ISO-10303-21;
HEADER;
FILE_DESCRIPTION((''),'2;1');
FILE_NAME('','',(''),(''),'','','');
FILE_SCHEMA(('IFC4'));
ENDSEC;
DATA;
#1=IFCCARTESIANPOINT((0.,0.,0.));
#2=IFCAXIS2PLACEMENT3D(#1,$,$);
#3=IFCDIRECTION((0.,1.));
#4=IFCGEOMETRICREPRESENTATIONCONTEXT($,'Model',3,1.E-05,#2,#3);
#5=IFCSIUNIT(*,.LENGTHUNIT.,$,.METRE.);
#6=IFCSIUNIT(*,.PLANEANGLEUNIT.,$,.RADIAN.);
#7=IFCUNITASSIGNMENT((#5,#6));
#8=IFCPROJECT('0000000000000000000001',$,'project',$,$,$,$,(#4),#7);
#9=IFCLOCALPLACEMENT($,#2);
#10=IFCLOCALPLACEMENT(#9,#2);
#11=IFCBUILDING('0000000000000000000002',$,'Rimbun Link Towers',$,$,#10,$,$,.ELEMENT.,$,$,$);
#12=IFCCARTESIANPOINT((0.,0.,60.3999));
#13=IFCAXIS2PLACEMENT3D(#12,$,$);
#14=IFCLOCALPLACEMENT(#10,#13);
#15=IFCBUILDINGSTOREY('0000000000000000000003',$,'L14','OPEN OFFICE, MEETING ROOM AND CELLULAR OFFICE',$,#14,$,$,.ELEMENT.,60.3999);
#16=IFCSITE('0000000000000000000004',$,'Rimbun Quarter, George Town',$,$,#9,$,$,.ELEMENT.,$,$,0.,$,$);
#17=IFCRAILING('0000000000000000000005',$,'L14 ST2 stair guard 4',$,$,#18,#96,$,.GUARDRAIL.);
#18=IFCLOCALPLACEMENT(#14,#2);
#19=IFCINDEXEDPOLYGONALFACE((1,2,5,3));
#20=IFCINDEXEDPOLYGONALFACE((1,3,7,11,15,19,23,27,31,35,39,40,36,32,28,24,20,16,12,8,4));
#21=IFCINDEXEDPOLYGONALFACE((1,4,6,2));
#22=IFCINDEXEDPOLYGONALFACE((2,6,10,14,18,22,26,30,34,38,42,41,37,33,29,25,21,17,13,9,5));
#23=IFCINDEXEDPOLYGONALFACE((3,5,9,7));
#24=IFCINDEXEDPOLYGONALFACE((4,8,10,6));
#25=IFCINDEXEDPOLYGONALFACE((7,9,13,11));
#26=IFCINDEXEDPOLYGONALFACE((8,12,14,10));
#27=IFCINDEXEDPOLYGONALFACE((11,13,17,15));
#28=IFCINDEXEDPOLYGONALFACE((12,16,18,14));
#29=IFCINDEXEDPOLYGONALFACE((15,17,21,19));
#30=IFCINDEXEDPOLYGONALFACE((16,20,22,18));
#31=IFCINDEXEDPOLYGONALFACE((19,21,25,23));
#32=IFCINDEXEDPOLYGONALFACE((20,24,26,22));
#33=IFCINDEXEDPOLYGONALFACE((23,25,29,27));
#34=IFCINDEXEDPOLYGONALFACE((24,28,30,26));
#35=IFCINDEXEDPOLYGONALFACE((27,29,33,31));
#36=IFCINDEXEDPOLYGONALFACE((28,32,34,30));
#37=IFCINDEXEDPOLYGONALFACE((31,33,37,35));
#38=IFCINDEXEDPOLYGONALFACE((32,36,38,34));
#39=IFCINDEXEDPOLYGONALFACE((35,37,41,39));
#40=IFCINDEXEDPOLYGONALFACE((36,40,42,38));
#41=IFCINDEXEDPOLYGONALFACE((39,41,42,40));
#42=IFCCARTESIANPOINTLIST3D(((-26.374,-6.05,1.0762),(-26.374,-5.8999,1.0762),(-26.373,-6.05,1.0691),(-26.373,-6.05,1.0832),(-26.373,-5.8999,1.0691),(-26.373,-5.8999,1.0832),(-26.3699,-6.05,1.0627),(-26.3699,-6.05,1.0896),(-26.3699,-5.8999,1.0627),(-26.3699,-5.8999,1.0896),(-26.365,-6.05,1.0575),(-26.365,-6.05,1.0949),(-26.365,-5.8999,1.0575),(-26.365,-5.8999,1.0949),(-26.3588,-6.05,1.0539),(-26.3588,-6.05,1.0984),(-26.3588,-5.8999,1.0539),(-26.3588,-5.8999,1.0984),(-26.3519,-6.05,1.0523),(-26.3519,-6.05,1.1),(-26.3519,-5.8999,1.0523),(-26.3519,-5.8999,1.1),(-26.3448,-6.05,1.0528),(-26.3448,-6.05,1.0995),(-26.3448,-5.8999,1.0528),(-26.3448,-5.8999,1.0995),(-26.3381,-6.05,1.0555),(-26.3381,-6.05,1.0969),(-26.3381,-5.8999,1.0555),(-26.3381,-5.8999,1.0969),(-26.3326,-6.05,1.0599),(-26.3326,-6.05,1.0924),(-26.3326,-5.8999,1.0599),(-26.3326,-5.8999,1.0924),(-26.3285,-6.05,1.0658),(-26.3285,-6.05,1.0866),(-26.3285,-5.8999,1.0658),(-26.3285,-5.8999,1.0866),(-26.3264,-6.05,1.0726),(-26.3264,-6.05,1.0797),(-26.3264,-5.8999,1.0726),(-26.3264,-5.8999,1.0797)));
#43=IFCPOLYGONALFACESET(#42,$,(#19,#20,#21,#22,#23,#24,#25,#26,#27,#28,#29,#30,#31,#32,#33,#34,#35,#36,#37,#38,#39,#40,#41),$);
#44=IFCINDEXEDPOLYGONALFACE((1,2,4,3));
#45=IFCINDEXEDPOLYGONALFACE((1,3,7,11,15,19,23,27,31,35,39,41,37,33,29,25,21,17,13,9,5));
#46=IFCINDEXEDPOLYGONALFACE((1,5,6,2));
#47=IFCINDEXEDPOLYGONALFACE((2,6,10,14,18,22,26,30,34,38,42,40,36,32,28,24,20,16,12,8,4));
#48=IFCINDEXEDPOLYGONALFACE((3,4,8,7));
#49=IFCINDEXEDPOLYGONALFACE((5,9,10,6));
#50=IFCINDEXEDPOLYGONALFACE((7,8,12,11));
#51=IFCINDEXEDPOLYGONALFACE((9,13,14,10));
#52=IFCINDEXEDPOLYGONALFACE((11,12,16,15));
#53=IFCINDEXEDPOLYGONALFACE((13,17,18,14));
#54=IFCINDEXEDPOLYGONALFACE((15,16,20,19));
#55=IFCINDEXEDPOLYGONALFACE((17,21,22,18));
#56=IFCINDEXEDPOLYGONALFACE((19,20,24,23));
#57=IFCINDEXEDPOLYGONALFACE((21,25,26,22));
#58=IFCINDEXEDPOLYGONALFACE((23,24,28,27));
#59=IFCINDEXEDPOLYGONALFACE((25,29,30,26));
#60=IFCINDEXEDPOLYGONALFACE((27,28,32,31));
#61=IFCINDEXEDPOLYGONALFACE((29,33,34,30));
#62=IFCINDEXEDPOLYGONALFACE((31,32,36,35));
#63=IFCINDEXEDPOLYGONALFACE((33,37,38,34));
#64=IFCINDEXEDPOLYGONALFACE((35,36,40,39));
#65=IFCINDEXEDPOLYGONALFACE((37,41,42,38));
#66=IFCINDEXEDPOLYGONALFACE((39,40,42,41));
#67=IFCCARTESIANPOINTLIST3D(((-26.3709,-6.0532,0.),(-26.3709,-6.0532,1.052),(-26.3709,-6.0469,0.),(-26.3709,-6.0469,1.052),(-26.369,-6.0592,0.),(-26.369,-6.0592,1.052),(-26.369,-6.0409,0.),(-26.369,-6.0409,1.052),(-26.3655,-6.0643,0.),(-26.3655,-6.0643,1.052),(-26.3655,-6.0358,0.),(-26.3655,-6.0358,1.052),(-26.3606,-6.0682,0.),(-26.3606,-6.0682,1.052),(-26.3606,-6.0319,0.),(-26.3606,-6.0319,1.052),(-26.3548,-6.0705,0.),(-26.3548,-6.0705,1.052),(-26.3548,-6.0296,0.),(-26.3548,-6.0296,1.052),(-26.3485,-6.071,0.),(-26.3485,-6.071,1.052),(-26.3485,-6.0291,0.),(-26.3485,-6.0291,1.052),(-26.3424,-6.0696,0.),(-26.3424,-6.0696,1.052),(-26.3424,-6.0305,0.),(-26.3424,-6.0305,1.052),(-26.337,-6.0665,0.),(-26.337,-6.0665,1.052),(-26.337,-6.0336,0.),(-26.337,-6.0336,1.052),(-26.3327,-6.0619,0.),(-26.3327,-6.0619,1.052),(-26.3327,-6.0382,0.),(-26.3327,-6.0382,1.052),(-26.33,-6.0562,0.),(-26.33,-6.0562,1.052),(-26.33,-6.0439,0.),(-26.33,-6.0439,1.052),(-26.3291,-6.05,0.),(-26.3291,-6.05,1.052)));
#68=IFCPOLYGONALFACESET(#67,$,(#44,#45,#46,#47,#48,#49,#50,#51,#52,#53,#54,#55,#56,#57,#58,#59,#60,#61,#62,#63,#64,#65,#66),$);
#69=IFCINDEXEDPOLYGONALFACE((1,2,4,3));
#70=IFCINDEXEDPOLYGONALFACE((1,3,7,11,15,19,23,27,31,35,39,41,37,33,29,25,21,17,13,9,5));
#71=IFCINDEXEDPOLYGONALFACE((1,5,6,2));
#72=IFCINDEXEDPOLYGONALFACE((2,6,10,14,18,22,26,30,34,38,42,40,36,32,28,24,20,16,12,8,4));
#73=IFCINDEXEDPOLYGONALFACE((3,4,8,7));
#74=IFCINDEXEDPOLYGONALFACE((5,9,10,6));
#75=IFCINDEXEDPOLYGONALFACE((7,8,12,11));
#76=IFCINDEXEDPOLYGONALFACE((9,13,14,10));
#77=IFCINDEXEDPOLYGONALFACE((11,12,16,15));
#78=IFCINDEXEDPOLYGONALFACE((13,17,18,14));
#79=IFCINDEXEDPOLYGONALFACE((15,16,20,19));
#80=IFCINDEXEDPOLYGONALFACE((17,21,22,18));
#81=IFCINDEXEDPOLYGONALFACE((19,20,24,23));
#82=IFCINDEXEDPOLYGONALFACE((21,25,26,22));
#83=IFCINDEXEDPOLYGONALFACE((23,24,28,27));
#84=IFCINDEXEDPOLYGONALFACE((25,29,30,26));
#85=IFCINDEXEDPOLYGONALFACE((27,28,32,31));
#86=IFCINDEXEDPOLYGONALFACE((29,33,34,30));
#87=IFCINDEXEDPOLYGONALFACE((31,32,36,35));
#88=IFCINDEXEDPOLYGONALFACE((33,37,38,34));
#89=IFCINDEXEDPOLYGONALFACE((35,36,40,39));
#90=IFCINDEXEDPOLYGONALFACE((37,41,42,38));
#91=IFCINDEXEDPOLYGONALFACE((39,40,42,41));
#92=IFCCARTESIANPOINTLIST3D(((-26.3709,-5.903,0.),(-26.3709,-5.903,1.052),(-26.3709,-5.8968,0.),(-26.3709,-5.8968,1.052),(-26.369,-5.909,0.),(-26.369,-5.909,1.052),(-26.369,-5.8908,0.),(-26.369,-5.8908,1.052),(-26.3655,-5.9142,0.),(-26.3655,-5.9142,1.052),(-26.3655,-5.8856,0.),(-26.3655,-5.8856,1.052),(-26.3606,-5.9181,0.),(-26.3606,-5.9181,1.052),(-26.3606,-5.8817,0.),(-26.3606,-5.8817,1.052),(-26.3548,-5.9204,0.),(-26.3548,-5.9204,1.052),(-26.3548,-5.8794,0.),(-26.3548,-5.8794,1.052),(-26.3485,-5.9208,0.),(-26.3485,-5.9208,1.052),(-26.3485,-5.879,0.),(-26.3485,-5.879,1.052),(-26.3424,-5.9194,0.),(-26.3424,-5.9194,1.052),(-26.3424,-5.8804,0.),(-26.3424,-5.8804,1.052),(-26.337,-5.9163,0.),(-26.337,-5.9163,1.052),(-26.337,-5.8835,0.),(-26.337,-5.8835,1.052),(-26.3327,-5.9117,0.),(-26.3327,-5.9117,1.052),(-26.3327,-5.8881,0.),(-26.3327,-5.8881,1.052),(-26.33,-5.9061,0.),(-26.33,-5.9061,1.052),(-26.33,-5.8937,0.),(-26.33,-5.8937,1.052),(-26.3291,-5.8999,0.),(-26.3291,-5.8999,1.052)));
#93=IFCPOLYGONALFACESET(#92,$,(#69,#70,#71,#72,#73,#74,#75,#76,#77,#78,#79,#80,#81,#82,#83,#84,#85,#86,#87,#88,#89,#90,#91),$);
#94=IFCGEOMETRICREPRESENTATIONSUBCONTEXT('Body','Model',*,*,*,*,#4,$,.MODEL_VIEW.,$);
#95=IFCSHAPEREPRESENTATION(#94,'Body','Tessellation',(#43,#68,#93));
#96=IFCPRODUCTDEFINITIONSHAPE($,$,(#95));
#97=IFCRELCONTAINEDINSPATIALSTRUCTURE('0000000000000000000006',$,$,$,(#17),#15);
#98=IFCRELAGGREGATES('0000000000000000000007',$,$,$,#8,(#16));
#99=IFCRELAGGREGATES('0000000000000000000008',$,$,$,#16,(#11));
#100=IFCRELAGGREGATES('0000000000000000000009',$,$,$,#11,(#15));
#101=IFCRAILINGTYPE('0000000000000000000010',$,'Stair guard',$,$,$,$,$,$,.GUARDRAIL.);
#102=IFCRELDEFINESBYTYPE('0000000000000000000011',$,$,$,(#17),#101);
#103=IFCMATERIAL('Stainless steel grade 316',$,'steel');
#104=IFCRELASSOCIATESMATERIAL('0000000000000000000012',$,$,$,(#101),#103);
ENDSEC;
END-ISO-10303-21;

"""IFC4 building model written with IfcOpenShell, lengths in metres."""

from ifc_helpers import new_model, si_unit, direction, frame, origin, origin_2d, place, context, subcontext, project, spatial, circle, extrude, material, type_object, element, save


model = new_model("IFC4")

# Units and contexts
model_context = context("Model", 3, precision=1e-05, world=origin(), true_north=direction((0.0, 1.0)))
body_context = subcontext(model_context, "Body", "Model", "MODEL_VIEW")
ifc_project = project(units=[si_unit("LENGTHUNIT", "METRE"), si_unit("PLANEANGLEUNIT", "RADIAN")], contexts=[model_context])

# Site, building, storey
site_placement = place(None, origin())
site = spatial("IfcSite", under=ifc_project, at=site_placement, Name="Rimbun Quarter, George Town", CompositionType="ELEMENT", RefElevation=0.0)
building_placement = place(site_placement, origin())
building = spatial("IfcBuilding", under=site, at=building_placement, Name="Rimbun Link Towers", CompositionType="ELEMENT")
storey_placement = place(building_placement, frame((0.0, 0.0, 60.3999)))
storey = spatial("IfcBuildingStorey", under=building, at=storey_placement, Name="L14", Description="OPEN OFFICE, MEETING ROOM AND CELLULAR OFFICE", CompositionType="ELEMENT", Elevation=60.3999)

# Railing
ifc_material_1 = material(Name="Stainless steel grade 316", Category="steel")
railing_type_1 = type_object("IfcRailingType", Name="Stair guard", PredefinedType="GUARDRAIL", material=ifc_material_1)
railing_1_placement = place(storey_placement, frame((-26.3501, -6.05, 0.0)))
element("IfcRailing", 1, at=railing_1_placement, inside=storey, type_object=railing_type_1, Name="L14 ST2 stair guard 4", PredefinedType="GUARDRAIL", context=body_context, shape_type="SweptSolid", body=[
    extrude(circle(Radius=0.0239, at=origin_2d()), frame((0.0, 0.0, 1.0762), z_axis=(0.0, 1.0, 0.0), x_axis=(-1.0, 0.0, 0.0)), (0.0, 0.0, 1.0), 0.1501),
    extrude(circle(Radius=0.021, at=origin_2d()), origin(), (0.0, 0.0, 1.0), 1.052),
    extrude(circle(Radius=0.021, at=origin_2d()), frame((0.0, 0.1501, 0.0)), (0.0, 0.0, 1.0), 1.052),
])

save(model, "model.ifc")
